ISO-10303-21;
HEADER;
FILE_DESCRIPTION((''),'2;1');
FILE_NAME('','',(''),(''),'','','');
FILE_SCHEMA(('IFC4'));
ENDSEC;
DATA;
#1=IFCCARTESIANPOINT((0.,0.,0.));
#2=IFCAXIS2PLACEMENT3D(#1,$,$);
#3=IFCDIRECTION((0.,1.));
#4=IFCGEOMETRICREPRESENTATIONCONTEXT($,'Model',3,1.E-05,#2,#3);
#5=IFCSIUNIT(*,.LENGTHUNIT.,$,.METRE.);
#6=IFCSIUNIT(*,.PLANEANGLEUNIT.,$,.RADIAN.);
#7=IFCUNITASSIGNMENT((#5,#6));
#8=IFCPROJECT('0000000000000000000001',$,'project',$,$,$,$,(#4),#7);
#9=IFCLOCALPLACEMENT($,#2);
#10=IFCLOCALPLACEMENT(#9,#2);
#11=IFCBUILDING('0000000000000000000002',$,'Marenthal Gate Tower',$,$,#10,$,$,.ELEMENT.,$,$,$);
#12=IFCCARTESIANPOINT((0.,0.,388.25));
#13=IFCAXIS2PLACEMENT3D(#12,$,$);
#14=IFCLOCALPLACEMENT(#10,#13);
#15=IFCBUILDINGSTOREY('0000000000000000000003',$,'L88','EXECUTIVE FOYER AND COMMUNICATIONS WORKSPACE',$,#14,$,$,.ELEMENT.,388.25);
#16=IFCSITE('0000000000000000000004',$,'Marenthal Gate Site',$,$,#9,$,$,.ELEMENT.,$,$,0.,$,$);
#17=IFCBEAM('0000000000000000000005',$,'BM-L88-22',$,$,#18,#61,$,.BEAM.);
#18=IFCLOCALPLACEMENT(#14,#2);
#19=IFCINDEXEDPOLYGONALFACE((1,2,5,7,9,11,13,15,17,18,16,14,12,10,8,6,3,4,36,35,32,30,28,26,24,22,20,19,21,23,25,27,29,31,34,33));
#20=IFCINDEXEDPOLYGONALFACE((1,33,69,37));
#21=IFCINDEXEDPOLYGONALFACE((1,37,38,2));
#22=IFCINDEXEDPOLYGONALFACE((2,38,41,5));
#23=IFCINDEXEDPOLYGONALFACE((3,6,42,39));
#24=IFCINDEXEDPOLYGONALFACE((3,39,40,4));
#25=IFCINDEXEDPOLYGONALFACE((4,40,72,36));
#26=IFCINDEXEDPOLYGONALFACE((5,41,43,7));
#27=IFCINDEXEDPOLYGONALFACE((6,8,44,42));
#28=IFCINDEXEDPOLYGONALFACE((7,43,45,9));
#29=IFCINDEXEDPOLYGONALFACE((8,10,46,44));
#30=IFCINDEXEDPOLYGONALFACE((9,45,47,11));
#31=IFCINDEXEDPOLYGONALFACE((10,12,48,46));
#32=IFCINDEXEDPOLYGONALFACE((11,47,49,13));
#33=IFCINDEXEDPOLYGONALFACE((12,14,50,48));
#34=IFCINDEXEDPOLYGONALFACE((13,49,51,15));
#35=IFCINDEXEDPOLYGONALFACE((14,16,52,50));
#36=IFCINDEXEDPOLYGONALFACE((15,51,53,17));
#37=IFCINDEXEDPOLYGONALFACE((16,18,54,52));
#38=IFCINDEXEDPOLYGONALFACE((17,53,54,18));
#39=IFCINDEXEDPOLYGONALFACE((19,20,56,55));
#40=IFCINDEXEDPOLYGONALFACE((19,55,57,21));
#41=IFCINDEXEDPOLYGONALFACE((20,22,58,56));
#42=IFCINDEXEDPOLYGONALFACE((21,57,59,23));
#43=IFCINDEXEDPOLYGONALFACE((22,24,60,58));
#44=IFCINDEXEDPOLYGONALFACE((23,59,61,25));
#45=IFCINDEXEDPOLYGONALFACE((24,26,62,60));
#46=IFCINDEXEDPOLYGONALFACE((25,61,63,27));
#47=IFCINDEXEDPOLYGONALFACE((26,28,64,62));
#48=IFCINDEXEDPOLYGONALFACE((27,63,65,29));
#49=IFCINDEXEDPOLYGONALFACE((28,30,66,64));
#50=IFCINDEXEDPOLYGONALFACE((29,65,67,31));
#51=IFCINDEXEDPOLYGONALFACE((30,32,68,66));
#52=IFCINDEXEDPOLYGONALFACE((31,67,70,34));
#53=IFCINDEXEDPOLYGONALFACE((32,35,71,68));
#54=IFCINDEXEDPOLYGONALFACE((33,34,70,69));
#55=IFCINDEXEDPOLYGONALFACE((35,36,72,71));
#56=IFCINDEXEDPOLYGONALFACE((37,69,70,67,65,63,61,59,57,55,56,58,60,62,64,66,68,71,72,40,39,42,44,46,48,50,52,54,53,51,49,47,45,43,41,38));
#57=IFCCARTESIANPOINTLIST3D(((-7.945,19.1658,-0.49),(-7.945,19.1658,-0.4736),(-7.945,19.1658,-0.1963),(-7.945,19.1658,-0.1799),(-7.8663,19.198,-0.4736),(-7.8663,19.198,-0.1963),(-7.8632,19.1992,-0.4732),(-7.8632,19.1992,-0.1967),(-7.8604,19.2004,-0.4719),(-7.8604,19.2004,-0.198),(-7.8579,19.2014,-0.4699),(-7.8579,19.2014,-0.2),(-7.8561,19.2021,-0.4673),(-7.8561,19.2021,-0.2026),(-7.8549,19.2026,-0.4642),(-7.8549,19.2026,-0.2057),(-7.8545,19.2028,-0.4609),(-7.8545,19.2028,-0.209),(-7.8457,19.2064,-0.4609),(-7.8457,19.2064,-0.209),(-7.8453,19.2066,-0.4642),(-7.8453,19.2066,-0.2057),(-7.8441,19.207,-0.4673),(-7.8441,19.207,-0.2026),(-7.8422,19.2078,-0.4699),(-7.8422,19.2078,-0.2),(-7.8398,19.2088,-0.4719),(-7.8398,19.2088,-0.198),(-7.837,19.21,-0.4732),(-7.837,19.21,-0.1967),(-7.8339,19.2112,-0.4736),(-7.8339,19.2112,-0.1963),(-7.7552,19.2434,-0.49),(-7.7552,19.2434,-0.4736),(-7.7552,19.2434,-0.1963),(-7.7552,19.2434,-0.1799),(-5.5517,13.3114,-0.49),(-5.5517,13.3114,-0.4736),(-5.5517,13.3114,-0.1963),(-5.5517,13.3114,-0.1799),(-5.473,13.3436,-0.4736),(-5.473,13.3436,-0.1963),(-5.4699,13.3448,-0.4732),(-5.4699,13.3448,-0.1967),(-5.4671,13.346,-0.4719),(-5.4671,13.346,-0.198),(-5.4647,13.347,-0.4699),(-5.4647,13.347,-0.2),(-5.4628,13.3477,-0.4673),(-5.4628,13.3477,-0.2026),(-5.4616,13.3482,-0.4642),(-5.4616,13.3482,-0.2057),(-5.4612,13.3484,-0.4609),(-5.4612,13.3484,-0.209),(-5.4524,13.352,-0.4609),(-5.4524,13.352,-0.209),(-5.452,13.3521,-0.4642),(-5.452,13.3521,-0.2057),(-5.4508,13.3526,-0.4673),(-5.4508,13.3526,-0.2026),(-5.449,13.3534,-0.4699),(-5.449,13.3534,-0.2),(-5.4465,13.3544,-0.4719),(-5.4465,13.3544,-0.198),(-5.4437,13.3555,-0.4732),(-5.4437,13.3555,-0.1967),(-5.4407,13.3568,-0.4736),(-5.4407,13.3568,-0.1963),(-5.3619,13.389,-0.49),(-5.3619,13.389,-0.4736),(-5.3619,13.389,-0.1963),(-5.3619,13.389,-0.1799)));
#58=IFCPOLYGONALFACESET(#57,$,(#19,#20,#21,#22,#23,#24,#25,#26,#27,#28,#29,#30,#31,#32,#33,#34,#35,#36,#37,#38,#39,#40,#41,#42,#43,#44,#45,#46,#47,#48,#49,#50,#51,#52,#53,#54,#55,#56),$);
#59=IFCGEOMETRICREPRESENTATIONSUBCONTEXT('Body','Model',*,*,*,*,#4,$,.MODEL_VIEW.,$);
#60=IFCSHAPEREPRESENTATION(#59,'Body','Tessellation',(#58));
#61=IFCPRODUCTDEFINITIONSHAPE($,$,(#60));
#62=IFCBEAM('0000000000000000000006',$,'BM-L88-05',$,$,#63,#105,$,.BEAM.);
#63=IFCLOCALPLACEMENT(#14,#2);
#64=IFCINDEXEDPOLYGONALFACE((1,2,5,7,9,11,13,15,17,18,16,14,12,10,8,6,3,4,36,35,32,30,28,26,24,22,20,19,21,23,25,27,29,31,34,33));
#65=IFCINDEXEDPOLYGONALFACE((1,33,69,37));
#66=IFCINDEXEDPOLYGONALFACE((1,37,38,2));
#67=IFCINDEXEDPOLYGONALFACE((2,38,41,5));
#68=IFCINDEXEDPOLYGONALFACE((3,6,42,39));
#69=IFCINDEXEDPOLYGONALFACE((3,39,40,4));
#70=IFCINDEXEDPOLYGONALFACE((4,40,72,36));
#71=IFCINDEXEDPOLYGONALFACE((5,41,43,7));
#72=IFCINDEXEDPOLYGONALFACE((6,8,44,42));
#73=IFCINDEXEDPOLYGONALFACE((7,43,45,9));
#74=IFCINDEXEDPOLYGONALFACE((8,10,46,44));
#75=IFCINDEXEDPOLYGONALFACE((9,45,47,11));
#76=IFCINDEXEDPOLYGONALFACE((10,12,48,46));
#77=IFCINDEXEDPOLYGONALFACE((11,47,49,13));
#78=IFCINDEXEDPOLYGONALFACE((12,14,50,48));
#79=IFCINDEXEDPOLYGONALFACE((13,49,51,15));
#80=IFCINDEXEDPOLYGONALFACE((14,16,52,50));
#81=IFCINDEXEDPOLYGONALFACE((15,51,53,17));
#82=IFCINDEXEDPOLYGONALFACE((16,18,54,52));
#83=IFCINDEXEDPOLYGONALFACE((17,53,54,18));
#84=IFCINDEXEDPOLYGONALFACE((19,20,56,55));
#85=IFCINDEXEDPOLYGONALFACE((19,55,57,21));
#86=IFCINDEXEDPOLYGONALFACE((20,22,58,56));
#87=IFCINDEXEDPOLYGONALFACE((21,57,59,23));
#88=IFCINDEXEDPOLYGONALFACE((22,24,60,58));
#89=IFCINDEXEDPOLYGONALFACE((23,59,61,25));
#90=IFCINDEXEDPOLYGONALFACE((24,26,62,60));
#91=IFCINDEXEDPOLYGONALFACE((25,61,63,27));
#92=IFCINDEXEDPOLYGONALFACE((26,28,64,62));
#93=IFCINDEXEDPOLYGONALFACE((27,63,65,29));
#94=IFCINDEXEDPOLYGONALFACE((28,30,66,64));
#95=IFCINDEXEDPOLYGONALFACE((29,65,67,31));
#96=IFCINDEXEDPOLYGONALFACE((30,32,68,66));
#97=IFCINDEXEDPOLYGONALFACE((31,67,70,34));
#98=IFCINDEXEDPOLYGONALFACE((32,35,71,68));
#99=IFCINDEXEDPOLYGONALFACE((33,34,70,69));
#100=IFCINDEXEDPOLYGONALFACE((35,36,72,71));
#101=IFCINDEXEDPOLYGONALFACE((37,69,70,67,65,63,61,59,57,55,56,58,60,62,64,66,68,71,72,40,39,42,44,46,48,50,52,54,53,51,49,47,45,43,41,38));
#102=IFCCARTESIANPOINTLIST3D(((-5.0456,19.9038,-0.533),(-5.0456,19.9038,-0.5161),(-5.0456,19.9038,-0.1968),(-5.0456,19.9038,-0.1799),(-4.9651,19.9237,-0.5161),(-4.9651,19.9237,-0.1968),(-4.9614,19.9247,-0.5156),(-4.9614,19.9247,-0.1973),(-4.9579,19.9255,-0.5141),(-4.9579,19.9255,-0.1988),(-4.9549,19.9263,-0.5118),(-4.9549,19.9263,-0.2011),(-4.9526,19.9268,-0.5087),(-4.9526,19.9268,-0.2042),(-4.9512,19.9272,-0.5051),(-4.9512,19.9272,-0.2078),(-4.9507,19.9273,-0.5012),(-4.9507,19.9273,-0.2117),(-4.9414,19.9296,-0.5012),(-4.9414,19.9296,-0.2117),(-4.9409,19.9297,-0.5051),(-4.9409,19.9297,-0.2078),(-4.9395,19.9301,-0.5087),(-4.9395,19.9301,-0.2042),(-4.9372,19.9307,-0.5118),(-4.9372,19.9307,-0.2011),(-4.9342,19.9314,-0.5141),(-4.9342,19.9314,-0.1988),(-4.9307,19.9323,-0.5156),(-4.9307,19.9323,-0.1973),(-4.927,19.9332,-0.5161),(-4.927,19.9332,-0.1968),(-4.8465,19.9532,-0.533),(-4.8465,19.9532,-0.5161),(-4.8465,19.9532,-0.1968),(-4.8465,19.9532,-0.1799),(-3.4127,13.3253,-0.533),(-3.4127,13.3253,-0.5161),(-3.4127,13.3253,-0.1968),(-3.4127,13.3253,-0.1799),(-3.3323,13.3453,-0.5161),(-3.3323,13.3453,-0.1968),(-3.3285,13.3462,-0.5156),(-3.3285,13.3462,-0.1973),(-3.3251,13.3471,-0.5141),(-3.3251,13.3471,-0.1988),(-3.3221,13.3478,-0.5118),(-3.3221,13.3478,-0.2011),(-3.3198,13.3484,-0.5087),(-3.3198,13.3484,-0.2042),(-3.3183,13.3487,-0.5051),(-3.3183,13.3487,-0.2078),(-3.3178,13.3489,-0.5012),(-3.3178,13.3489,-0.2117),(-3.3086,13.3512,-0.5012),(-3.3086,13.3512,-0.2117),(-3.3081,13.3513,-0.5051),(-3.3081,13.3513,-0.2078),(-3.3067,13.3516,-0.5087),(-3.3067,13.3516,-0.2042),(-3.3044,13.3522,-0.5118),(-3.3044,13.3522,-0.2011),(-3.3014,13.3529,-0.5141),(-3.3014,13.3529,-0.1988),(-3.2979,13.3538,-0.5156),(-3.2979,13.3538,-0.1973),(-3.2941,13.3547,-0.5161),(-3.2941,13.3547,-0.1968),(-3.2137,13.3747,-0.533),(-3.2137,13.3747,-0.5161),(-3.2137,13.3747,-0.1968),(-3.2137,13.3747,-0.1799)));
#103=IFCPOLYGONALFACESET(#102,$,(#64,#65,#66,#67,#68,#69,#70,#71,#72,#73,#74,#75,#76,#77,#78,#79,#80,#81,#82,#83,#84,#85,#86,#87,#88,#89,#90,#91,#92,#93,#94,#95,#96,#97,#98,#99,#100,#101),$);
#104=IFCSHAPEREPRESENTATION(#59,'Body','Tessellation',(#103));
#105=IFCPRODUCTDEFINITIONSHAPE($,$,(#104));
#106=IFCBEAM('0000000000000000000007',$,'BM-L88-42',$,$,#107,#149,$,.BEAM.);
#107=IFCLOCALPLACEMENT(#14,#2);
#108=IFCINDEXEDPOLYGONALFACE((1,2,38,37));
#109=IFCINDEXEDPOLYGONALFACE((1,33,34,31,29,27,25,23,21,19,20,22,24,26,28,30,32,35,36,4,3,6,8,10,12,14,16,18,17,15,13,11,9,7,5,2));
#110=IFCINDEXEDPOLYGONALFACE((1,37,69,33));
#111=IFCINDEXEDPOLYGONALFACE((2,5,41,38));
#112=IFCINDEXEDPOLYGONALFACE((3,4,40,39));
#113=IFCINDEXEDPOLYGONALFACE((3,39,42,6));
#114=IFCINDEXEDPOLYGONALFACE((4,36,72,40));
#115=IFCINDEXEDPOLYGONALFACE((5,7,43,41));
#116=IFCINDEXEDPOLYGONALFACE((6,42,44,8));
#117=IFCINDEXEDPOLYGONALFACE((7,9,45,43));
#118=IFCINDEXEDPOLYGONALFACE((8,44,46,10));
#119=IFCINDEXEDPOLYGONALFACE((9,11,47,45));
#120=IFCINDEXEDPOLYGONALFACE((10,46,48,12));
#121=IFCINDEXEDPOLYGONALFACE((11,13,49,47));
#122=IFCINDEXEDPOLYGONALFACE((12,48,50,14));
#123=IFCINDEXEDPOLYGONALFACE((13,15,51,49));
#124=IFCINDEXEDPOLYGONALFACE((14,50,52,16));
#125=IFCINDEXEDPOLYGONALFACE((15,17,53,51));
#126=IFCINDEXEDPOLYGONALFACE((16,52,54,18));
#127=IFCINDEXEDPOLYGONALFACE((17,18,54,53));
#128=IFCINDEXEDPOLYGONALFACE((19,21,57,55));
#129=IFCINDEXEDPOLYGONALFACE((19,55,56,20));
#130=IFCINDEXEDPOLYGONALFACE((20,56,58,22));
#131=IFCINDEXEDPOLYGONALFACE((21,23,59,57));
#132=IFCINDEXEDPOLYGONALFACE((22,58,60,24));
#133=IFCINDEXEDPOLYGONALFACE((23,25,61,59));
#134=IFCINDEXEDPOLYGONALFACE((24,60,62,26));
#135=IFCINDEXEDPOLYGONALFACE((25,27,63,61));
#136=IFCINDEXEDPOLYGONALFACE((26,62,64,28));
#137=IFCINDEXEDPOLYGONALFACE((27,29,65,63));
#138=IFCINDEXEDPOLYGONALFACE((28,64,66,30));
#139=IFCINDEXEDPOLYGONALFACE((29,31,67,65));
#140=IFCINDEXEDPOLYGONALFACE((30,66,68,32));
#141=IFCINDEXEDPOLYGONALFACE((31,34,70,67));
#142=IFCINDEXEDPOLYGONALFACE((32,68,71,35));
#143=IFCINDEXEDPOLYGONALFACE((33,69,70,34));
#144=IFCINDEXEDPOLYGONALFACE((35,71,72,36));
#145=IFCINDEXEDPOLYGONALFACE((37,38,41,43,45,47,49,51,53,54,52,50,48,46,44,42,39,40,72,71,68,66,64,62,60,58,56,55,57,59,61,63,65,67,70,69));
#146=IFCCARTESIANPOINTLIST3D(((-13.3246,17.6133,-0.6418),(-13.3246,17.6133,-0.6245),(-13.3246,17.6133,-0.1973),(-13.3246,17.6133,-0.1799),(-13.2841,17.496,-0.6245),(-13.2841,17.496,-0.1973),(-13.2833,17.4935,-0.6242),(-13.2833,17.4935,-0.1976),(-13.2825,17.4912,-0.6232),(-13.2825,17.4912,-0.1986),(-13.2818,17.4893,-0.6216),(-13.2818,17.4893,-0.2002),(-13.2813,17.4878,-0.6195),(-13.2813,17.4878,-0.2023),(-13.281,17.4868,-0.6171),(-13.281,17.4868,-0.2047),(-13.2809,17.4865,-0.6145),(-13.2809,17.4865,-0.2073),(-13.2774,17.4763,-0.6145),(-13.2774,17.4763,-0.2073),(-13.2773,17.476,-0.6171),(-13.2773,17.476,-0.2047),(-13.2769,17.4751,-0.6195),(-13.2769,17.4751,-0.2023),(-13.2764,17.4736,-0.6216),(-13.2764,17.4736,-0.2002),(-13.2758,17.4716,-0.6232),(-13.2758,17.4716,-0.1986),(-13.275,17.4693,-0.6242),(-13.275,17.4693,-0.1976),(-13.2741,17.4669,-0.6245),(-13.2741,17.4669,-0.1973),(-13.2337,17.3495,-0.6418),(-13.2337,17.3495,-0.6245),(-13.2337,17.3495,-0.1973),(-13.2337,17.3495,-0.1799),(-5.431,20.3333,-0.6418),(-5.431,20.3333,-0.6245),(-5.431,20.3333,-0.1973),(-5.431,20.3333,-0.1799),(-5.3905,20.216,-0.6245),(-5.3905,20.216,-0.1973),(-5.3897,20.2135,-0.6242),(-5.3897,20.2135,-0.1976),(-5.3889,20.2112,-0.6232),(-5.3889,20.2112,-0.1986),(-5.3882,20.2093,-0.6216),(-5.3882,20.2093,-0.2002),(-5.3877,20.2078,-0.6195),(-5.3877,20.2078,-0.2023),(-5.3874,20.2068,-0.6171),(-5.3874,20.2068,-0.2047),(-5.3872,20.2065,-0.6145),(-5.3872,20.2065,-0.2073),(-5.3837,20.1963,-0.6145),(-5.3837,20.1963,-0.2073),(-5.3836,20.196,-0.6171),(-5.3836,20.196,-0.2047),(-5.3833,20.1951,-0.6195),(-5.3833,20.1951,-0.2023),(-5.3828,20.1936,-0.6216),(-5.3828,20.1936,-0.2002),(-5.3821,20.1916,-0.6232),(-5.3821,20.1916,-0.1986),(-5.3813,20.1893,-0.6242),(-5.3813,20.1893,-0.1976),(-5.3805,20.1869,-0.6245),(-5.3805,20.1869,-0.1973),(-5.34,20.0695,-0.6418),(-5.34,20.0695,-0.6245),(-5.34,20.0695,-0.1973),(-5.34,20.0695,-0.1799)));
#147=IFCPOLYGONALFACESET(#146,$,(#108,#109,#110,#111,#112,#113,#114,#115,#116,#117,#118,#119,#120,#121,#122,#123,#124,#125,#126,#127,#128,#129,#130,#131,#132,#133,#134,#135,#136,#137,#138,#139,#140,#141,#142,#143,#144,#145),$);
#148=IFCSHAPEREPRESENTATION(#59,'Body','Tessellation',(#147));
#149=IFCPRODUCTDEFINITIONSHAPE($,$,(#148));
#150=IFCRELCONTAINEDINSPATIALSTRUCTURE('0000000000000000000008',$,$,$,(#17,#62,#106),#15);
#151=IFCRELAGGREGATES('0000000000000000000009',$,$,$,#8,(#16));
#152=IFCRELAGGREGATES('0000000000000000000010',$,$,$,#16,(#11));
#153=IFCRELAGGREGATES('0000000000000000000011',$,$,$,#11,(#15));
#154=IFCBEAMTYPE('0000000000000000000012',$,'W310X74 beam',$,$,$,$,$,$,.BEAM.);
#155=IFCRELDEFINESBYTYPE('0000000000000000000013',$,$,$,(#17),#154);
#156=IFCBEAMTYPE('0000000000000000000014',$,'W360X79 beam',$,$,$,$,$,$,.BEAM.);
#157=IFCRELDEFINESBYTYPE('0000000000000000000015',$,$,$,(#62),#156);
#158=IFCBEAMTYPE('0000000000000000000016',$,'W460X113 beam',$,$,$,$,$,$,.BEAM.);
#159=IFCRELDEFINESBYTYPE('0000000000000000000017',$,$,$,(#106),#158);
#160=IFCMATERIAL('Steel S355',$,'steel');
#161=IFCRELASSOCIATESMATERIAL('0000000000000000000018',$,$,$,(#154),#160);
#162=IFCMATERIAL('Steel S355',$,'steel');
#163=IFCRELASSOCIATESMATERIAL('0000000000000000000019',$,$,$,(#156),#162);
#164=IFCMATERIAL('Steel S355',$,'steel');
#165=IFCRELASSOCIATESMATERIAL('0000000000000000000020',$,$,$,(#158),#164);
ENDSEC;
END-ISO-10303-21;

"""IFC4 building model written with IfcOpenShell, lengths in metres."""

from ifc_helpers import new_model, si_unit, direction, frame, origin, origin_2d, place, context, subcontext, project, spatial, i_section, extrude, material, material_profile, profile_set, type_object, element, save


model = new_model("IFC4")

# Units and contexts
model_context = context("Model", 3, precision=1e-05, world=origin(), true_north=direction((0.0, 1.0)))
body_context = subcontext(model_context, "Body", "Model", "MODEL_VIEW")
ifc_project = project(units=[si_unit("LENGTHUNIT", "METRE"), si_unit("PLANEANGLEUNIT", "RADIAN")], contexts=[model_context])

# Site, building, storey
site_placement = place(None, origin())
site = spatial("IfcSite", under=ifc_project, at=site_placement, Name="Marenthal Gate Site", CompositionType="ELEMENT", RefElevation=0.0)
building_placement = place(site_placement, origin())
building = spatial("IfcBuilding", under=site, at=building_placement, Name="Marenthal Gate Tower", CompositionType="ELEMENT")
storey_placement = place(building_placement, frame((0.0, 0.0, 388.25)))
storey = spatial("IfcBuildingStorey", under=building, at=storey_placement, Name="L88", Description="EXECUTIVE FOYER AND COMMUNICATIONS WORKSPACE", CompositionType="ELEMENT", Elevation=388.25)

# Beams
ifc_material_1 = material(Name="Steel S355", Category="steel")
ifc_material_profile_1 = material_profile(ifc_material_1, i_section(OverallWidth=0.2051, OverallDepth=0.3101, WebThickness=0.0095, FlangeThickness=0.0164, FilletRadius=0.0127, at=origin_2d()), Name="W310X74")
ifc_profile_set_1 = profile_set([ifc_material_profile_1], Name="Steel S355")
beam_type_1 = type_object("IfcBeamType", Name="W310X74 beam", PredefinedType="BEAM", material=ifc_profile_set_1)
beam_1_placement = place(storey_placement, frame((-7.8501, 19.2046, -0.335), z_axis=(0.378401, -0.925642, 0.0), x_axis=(0.925642, 0.378401, 0.0)))
element("IfcBeam", 1, at=beam_1_placement, inside=storey, type_object=beam_type_1, Name="BM-L88-22", PredefinedType="BEAM", context=body_context, shape_type="SweptSolid", body=[
    extrude(i_section(OverallWidth=0.2051, OverallDepth=0.3101, WebThickness=0.0095, FlangeThickness=0.0164, FilletRadius=0.0127, at=origin_2d()), origin(), (0.0, 0.0, 1.0), 6.3247),
])
ifc_material_2 = material(Name="Steel S355", Category="steel")
ifc_material_profile_2 = material_profile(ifc_material_2, i_section(OverallWidth=0.2051, OverallDepth=0.353, WebThickness=0.0095, FlangeThickness=0.0168, FilletRadius=0.0149, at=origin_2d()), Name="W360X79")
ifc_profile_set_2 = profile_set([ifc_material_profile_2], Name="Steel S355")
beam_type_2 = type_object("IfcBeamType", Name="W360X79 beam", PredefinedType="BEAM", material=ifc_profile_set_2)
beam_2_placement = place(storey_placement, frame((-4.946, 19.9285, -0.3564), z_axis=(0.2409, -0.97055, 0.0), x_axis=(0.97055, 0.2409, 0.0)))
element("IfcBeam", 2, at=beam_2_placement, inside=storey, type_object=beam_type_2, Name="BM-L88-05", PredefinedType="BEAM", context=body_context, shape_type="SweptSolid", body=[
    extrude(i_section(OverallWidth=0.2051, OverallDepth=0.353, WebThickness=0.0095, FlangeThickness=0.0168, FilletRadius=0.0149, at=origin_2d()), origin(), (0.0, 0.0, 1.0), 6.7781),
])
ifc_material_3 = material(Name="Steel S355", Category="steel")
ifc_material_profile_3 = material_profile(ifc_material_3, i_section(OverallWidth=0.2791, OverallDepth=0.4619, WebThickness=0.0107, FlangeThickness=0.0173, FilletRadius=0.01, at=origin_2d()), Name="W460X113")
ifc_profile_set_3 = profile_set([ifc_material_profile_3], Name="Steel S355")
beam_type_3 = type_object("IfcBeamType", Name="W460X113 beam", PredefinedType="BEAM", material=ifc_profile_set_3)
beam_3_placement = place(storey_placement, frame((-5.3855, 20.2014, -0.4109), z_axis=(-0.945445, -0.325783, 0.0), x_axis=(0.325783, -0.945445, 0.0)))
element("IfcBeam", 3, at=beam_3_placement, inside=storey, type_object=beam_type_3, Name="BM-L88-42", PredefinedType="BEAM", context=body_context, shape_type="SweptSolid", body=[
    extrude(i_section(OverallWidth=0.2791, OverallDepth=0.4619, WebThickness=0.0107, FlangeThickness=0.0173, FilletRadius=0.01, at=origin_2d()), origin(), (0.0, 0.0, 1.0), 8.3491),
])

save(model, "model.ifc")
